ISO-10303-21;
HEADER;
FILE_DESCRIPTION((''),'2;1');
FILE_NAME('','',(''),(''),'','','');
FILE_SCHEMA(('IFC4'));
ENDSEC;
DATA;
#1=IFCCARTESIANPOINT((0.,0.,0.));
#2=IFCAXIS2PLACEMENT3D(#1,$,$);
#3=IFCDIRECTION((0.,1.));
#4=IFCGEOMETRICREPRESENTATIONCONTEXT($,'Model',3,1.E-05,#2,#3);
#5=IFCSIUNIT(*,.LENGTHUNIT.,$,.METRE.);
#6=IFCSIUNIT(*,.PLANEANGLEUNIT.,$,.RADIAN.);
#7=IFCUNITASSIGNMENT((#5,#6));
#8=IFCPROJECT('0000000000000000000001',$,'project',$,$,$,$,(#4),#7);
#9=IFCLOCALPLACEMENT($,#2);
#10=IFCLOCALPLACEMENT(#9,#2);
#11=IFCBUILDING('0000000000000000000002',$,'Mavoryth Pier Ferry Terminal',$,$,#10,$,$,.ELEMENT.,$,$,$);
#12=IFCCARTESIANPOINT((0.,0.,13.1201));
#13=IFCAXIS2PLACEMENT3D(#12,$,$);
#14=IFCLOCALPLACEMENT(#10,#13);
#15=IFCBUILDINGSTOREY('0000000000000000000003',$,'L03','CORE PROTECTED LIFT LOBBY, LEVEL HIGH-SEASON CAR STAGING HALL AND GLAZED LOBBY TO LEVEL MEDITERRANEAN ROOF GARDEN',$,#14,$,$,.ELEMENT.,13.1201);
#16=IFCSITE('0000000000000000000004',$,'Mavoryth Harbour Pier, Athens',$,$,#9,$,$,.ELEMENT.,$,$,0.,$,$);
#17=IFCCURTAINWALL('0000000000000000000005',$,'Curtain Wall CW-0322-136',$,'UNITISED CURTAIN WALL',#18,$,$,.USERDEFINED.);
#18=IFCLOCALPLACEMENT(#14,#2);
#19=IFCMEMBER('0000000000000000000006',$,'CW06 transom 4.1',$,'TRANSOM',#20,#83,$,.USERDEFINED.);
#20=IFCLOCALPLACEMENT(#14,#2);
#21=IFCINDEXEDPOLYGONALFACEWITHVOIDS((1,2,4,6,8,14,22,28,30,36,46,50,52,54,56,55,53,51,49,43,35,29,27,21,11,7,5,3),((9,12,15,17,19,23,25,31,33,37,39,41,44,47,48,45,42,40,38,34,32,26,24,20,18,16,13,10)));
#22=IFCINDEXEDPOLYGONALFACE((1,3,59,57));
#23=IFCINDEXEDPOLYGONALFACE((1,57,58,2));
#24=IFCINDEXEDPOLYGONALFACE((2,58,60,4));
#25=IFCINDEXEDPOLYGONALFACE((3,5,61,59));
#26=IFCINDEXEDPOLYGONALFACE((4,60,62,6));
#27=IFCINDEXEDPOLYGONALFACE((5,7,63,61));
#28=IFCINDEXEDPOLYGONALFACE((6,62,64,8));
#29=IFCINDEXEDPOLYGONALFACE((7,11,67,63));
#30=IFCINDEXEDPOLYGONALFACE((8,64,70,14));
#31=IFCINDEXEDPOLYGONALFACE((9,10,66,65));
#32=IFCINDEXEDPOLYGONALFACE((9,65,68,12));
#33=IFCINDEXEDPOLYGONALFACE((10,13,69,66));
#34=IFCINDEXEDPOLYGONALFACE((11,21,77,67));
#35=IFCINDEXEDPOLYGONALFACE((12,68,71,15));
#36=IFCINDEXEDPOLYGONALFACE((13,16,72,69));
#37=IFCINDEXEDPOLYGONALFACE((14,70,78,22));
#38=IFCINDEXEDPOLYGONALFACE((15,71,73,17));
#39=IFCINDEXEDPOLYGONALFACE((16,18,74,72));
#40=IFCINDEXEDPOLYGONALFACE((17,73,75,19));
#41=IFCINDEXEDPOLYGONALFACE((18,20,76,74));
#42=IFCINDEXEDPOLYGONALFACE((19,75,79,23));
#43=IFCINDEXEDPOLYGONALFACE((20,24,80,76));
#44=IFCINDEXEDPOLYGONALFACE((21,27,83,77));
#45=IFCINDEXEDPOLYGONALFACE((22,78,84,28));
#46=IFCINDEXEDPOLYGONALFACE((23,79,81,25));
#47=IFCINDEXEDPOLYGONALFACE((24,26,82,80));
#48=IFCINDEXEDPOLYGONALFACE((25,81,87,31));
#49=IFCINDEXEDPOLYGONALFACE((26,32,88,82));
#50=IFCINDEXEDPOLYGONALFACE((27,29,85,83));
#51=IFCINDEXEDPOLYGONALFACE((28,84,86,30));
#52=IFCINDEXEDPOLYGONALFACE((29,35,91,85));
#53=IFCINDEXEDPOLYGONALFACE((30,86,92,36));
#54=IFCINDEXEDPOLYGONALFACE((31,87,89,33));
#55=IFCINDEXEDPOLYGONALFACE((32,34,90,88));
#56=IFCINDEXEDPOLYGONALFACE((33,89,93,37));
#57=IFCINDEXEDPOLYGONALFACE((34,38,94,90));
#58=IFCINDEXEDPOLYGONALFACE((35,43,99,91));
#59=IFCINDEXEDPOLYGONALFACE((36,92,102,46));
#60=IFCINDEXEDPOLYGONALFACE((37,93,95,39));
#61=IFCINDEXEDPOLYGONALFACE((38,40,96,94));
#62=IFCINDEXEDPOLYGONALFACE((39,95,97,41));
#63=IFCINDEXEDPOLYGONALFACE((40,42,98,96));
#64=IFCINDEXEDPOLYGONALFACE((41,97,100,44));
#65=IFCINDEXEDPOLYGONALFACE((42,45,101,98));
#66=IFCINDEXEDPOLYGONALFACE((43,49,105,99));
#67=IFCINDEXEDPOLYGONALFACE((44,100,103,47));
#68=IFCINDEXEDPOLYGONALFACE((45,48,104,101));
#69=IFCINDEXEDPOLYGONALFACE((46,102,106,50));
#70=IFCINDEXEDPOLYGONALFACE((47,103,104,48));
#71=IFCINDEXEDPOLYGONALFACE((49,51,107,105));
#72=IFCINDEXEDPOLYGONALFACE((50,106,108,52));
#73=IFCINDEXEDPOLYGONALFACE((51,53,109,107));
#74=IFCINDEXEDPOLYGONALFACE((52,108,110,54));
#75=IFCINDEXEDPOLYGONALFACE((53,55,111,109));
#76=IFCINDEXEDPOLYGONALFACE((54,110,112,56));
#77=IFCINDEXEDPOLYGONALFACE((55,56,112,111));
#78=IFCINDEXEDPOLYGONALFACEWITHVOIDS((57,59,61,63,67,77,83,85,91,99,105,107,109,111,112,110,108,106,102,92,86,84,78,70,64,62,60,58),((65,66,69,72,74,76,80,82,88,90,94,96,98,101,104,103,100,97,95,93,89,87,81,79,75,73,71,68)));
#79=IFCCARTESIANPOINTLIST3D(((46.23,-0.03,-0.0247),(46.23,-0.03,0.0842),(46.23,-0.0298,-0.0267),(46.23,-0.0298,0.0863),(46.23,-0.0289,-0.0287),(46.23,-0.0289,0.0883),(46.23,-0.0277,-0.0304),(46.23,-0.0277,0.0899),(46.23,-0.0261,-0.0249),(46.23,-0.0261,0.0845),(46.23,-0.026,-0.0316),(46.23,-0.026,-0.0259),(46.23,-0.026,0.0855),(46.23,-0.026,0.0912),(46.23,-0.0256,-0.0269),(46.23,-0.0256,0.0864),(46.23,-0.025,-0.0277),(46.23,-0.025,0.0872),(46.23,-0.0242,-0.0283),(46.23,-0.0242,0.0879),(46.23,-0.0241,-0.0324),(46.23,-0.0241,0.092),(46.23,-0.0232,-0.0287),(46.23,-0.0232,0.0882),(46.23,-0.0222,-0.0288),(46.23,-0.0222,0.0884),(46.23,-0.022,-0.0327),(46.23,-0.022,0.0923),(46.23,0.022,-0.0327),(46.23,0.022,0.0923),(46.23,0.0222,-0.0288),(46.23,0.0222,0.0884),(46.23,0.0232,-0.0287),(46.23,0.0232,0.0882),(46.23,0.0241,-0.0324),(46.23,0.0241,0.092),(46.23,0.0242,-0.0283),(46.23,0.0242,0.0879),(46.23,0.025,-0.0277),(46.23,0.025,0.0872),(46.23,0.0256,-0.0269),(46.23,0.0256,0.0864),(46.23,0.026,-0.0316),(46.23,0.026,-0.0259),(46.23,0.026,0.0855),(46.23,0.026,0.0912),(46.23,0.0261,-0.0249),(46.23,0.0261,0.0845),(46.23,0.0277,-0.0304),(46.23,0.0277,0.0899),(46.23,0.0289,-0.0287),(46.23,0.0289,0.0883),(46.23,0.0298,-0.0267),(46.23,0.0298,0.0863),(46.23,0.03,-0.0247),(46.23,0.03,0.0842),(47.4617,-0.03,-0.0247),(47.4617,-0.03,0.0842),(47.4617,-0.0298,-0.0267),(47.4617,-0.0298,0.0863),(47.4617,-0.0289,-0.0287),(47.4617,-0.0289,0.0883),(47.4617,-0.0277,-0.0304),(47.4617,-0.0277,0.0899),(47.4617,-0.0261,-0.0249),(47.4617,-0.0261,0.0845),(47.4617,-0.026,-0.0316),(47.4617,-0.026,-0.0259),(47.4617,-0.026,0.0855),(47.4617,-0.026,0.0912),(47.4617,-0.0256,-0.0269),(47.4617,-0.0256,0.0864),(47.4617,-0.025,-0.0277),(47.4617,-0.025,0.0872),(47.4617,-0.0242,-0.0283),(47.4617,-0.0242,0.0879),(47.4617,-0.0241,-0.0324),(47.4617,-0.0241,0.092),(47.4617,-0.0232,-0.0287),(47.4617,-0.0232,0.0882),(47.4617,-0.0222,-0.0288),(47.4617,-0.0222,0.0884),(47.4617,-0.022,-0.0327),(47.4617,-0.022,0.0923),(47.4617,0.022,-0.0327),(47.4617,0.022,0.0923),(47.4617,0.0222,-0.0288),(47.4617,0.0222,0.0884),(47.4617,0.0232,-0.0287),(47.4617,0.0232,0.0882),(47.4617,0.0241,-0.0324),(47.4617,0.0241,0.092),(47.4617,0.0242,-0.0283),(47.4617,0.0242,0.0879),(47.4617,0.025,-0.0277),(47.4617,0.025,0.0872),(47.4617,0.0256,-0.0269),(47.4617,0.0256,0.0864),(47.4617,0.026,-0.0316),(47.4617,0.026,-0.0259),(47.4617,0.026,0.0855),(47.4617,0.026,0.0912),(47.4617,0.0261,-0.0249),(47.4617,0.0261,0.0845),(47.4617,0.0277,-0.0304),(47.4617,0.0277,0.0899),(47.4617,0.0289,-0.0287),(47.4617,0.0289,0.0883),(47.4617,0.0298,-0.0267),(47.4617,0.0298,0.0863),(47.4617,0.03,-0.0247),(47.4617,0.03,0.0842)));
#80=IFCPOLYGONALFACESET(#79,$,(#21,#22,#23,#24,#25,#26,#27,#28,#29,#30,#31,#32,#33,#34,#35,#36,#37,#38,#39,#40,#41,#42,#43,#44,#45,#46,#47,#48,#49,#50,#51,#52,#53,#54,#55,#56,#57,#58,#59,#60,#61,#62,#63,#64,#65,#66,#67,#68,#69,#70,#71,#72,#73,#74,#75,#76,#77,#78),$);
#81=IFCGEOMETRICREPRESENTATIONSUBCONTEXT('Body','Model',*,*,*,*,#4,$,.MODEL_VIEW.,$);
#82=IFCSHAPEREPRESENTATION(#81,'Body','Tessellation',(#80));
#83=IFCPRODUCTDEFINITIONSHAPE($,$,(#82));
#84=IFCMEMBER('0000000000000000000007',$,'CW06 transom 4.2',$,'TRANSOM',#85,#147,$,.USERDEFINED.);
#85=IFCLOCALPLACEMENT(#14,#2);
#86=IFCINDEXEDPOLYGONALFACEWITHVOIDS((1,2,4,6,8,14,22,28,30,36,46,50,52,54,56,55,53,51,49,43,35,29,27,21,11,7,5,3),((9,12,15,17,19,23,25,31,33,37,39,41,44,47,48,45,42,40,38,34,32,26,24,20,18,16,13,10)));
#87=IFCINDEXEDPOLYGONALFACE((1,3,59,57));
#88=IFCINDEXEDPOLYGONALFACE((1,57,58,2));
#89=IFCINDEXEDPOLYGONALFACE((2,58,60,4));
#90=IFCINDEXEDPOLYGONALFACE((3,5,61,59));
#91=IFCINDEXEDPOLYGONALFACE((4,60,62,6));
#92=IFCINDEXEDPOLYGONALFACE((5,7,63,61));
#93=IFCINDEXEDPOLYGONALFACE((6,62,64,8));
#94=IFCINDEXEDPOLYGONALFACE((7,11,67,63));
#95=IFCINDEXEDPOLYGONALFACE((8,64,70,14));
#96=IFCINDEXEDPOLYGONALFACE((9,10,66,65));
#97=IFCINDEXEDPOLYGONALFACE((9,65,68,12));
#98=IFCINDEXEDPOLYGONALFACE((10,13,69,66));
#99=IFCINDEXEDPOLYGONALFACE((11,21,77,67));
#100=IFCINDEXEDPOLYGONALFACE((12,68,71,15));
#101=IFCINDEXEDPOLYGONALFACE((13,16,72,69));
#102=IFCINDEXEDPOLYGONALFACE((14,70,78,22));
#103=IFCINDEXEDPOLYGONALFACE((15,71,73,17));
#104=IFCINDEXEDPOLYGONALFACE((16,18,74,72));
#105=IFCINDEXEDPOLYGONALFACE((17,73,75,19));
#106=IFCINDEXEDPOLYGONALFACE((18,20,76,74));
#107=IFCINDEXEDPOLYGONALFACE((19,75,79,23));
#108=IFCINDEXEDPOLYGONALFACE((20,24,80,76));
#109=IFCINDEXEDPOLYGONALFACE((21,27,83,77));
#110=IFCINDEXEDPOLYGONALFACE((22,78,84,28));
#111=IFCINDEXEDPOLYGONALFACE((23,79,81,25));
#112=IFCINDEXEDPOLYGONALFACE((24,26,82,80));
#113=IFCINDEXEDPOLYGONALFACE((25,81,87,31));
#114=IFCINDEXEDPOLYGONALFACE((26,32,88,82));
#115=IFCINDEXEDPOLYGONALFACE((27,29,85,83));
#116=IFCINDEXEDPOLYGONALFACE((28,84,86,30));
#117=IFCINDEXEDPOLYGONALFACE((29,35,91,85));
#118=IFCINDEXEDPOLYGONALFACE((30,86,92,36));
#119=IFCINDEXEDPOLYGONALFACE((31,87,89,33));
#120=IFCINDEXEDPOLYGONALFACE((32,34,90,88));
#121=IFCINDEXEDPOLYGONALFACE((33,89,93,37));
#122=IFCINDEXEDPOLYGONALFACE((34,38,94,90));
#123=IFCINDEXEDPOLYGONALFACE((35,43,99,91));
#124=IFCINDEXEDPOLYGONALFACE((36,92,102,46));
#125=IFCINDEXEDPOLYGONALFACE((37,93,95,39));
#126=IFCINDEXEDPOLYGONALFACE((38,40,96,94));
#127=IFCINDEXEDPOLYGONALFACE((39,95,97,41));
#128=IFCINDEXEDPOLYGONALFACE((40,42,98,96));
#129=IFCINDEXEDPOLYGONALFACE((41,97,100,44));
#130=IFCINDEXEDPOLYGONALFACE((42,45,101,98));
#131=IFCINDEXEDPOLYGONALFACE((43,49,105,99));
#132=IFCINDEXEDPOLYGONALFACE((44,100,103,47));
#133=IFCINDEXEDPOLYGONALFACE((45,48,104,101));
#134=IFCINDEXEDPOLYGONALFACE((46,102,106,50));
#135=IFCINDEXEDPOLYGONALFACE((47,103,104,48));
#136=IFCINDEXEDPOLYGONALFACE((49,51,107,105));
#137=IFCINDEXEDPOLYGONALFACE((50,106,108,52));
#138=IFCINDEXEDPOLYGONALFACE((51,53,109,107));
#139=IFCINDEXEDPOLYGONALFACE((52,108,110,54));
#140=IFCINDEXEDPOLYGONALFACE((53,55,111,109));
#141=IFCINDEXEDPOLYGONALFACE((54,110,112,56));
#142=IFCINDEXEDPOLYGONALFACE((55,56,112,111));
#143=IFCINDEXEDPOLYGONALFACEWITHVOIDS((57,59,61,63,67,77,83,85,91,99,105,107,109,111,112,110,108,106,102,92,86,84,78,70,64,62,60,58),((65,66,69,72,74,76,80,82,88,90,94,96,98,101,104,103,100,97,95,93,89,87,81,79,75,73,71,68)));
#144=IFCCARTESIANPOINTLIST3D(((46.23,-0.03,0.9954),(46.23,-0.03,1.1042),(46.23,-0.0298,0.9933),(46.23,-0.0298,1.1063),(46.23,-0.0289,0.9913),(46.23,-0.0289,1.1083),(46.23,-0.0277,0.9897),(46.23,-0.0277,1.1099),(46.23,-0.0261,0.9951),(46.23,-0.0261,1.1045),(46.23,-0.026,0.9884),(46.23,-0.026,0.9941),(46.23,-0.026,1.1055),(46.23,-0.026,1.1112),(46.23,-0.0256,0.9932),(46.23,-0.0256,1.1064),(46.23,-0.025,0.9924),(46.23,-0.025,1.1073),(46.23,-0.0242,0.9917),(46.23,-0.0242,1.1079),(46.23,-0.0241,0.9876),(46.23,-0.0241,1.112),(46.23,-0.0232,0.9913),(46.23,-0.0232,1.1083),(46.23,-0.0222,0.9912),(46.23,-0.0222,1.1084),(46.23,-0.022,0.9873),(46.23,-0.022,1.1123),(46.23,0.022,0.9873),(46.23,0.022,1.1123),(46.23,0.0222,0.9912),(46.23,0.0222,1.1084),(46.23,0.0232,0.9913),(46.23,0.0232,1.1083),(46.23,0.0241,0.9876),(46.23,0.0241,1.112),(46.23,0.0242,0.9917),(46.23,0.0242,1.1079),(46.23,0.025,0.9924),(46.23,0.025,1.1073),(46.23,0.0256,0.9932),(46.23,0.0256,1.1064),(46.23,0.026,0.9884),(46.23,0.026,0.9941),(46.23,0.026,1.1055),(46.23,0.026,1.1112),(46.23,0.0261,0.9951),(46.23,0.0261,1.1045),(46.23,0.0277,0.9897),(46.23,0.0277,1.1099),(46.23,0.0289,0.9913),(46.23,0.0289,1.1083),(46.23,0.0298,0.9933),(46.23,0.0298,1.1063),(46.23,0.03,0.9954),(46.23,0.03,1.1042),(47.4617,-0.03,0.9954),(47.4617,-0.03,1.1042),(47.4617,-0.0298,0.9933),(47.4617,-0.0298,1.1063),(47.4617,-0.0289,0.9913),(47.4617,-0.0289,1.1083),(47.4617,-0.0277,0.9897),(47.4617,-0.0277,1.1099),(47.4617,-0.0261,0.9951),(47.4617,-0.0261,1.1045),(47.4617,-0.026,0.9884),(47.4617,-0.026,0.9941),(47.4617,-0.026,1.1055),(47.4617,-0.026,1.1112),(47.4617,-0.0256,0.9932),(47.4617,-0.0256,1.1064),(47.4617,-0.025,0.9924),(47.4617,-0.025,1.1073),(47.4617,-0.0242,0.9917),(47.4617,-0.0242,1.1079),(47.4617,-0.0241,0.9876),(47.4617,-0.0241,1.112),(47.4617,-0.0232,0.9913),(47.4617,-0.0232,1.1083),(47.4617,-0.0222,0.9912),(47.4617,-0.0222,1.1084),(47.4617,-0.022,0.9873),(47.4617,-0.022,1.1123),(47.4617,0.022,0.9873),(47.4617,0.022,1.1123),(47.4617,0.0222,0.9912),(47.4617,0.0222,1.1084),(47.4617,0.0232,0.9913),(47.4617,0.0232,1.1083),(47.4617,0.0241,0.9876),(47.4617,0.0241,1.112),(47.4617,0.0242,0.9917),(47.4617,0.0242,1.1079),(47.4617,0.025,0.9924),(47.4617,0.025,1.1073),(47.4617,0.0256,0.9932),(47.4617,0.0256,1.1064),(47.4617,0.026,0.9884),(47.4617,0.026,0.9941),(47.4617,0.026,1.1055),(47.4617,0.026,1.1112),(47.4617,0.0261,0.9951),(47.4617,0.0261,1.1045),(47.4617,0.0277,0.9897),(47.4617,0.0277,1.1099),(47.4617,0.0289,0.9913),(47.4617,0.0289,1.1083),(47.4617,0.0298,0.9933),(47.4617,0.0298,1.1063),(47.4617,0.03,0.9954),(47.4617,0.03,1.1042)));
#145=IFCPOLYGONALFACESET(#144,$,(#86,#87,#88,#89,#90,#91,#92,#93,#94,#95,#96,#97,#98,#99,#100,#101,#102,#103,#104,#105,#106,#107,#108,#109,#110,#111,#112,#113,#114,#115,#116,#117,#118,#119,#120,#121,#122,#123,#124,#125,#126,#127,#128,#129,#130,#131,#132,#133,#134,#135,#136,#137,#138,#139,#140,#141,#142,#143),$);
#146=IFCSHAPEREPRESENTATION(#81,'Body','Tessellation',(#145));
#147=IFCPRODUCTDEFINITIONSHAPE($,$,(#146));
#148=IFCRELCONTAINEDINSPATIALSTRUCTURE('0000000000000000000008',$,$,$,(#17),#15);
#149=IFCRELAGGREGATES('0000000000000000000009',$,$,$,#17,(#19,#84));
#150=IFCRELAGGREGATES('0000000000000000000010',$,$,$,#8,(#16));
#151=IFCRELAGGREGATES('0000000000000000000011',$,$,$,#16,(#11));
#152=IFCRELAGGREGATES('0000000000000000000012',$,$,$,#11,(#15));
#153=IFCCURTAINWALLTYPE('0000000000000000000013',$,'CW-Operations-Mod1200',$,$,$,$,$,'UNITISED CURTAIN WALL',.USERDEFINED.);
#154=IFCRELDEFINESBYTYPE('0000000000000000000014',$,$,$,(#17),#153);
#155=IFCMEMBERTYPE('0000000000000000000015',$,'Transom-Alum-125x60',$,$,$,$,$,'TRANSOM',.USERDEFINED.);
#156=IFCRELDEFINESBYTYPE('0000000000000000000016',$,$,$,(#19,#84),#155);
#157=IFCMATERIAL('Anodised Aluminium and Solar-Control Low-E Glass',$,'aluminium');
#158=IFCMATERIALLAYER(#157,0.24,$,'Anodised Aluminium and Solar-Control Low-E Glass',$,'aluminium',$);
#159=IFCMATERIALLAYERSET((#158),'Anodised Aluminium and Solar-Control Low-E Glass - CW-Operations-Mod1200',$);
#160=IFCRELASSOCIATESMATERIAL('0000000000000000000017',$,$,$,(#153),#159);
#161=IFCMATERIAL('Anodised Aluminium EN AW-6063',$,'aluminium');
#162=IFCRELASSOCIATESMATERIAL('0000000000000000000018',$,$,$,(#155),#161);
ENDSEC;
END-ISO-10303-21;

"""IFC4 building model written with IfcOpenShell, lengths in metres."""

from ifc_helpers import new_model, si_unit, direction, frame, origin, origin_2d, place, context, subcontext, project, spatial, hollow_rectangle, extrude, material, layer, layer_set, material_profile, profile_set, type_object, element, aggregate, save


model = new_model("IFC4")

# Units and contexts
model_context = context("Model", 3, precision=1e-05, world=origin(), true_north=direction((0.0, 1.0)))
body_context = subcontext(model_context, "Body", "Model", "MODEL_VIEW")
ifc_project = project(units=[si_unit("LENGTHUNIT", "METRE"), si_unit("PLANEANGLEUNIT", "RADIAN")], contexts=[model_context])

# Site, building, storey
site_placement = place(None, origin())
site = spatial("IfcSite", under=ifc_project, at=site_placement, Name="Mavoryth Harbour Pier, Athens", CompositionType="ELEMENT", RefElevation=0.0)
building_placement = place(site_placement, origin())
building = spatial("IfcBuilding", under=site, at=building_placement, Name="Mavoryth Pier Ferry Terminal", CompositionType="ELEMENT")
storey_placement = place(building_placement, frame((0.0, 0.0, 13.1201)))
storey = spatial("IfcBuildingStorey", under=building, at=storey_placement, Name="L03", Description="CORE PROTECTED LIFT LOBBY, LEVEL HIGH-SEASON CAR STAGING HALL AND GLAZED LOBBY TO LEVEL MEDITERRANEAN ROOF GARDEN", CompositionType="ELEMENT", Elevation=13.1201)

# Curtain wall
ifc_material_1 = material(Name="Anodised Aluminium and Solar-Control Low-E Glass", Category="aluminium")
ifc_layer_1 = layer(ifc_material_1, 0.24, Name="Anodised Aluminium and Solar-Control Low-E Glass", Category="aluminium")
ifc_layer_set_1 = layer_set([ifc_layer_1], Name="Anodised Aluminium and Solar-Control Low-E Glass - CW-Operations-Mod1200")
curtain_wall_type = type_object("IfcCurtainWallType", Name="CW-Operations-Mod1200", ElementType="UNITISED CURTAIN WALL", PredefinedType="USERDEFINED", material=ifc_layer_set_1)
curtain_wall_placement = place(storey_placement, origin())
curtain_wall = element("IfcCurtainWall", 1, at=curtain_wall_placement, inside=storey, type_object=curtain_wall_type, Name="Curtain Wall CW-0322-136", ObjectType="UNITISED CURTAIN WALL", PredefinedType="USERDEFINED")
ifc_material_2 = material(Name="Anodised Aluminium EN AW-6063", Category="aluminium")

# Members
ifc_material_profile_1 = material_profile(ifc_material_2, hollow_rectangle(XDim=0.0601, YDim=0.125, WallThickness=0.0039, InnerFilletRadius=0.0039, OuterFilletRadius=0.0081, at=origin_2d()), Name="AL-TRAN 125x60x4", Category="aluminium")
ifc_profile_set_1 = profile_set([ifc_material_profile_1], Name="Anodised Aluminium EN AW-6063 - AL-TRAN 125x60x4")
member_type_1 = type_object("IfcMemberType", Name="Transom-Alum-125x60", ElementType="TRANSOM", PredefinedType="USERDEFINED", material=ifc_profile_set_1)
member_1_placement = place(storey_placement, frame((46.23, 0.0, 0.0298), z_axis=(1.0, 0.0, 0.0), x_axis=(0.0, 1.0, 0.0)))
member_1 = element("IfcMember", 2, at=member_1_placement, type_object=member_type_1, Name="CW06 transom 4.1", ObjectType="TRANSOM", PredefinedType="USERDEFINED", context=body_context, shape_type="SweptSolid", body=[
    extrude(hollow_rectangle(XDim=0.0601, YDim=0.125, WallThickness=0.0039, InnerFilletRadius=0.0039, OuterFilletRadius=0.0081, at=origin_2d()), origin(), (0.0, 0.0, 1.0), 1.2317),
])
member_2_placement = place(storey_placement, frame((46.23, 0.0, 1.0498), z_axis=(1.0, 0.0, 0.0), x_axis=(0.0, 1.0, 0.0)))
member_2 = element("IfcMember", 3, at=member_2_placement, type_object=member_type_1, Name="CW06 transom 4.2", ObjectType="TRANSOM", PredefinedType="USERDEFINED", context=body_context, shape_type="SweptSolid", body=[
    extrude(hollow_rectangle(XDim=0.0601, YDim=0.125, WallThickness=0.0039, InnerFilletRadius=0.0039, OuterFilletRadius=0.0081, at=origin_2d()), origin(), (0.0, 0.0, 1.0), 1.2317),
])

aggregate(curtain_wall, [member_1, member_2])

save(model, "model.ifc")
